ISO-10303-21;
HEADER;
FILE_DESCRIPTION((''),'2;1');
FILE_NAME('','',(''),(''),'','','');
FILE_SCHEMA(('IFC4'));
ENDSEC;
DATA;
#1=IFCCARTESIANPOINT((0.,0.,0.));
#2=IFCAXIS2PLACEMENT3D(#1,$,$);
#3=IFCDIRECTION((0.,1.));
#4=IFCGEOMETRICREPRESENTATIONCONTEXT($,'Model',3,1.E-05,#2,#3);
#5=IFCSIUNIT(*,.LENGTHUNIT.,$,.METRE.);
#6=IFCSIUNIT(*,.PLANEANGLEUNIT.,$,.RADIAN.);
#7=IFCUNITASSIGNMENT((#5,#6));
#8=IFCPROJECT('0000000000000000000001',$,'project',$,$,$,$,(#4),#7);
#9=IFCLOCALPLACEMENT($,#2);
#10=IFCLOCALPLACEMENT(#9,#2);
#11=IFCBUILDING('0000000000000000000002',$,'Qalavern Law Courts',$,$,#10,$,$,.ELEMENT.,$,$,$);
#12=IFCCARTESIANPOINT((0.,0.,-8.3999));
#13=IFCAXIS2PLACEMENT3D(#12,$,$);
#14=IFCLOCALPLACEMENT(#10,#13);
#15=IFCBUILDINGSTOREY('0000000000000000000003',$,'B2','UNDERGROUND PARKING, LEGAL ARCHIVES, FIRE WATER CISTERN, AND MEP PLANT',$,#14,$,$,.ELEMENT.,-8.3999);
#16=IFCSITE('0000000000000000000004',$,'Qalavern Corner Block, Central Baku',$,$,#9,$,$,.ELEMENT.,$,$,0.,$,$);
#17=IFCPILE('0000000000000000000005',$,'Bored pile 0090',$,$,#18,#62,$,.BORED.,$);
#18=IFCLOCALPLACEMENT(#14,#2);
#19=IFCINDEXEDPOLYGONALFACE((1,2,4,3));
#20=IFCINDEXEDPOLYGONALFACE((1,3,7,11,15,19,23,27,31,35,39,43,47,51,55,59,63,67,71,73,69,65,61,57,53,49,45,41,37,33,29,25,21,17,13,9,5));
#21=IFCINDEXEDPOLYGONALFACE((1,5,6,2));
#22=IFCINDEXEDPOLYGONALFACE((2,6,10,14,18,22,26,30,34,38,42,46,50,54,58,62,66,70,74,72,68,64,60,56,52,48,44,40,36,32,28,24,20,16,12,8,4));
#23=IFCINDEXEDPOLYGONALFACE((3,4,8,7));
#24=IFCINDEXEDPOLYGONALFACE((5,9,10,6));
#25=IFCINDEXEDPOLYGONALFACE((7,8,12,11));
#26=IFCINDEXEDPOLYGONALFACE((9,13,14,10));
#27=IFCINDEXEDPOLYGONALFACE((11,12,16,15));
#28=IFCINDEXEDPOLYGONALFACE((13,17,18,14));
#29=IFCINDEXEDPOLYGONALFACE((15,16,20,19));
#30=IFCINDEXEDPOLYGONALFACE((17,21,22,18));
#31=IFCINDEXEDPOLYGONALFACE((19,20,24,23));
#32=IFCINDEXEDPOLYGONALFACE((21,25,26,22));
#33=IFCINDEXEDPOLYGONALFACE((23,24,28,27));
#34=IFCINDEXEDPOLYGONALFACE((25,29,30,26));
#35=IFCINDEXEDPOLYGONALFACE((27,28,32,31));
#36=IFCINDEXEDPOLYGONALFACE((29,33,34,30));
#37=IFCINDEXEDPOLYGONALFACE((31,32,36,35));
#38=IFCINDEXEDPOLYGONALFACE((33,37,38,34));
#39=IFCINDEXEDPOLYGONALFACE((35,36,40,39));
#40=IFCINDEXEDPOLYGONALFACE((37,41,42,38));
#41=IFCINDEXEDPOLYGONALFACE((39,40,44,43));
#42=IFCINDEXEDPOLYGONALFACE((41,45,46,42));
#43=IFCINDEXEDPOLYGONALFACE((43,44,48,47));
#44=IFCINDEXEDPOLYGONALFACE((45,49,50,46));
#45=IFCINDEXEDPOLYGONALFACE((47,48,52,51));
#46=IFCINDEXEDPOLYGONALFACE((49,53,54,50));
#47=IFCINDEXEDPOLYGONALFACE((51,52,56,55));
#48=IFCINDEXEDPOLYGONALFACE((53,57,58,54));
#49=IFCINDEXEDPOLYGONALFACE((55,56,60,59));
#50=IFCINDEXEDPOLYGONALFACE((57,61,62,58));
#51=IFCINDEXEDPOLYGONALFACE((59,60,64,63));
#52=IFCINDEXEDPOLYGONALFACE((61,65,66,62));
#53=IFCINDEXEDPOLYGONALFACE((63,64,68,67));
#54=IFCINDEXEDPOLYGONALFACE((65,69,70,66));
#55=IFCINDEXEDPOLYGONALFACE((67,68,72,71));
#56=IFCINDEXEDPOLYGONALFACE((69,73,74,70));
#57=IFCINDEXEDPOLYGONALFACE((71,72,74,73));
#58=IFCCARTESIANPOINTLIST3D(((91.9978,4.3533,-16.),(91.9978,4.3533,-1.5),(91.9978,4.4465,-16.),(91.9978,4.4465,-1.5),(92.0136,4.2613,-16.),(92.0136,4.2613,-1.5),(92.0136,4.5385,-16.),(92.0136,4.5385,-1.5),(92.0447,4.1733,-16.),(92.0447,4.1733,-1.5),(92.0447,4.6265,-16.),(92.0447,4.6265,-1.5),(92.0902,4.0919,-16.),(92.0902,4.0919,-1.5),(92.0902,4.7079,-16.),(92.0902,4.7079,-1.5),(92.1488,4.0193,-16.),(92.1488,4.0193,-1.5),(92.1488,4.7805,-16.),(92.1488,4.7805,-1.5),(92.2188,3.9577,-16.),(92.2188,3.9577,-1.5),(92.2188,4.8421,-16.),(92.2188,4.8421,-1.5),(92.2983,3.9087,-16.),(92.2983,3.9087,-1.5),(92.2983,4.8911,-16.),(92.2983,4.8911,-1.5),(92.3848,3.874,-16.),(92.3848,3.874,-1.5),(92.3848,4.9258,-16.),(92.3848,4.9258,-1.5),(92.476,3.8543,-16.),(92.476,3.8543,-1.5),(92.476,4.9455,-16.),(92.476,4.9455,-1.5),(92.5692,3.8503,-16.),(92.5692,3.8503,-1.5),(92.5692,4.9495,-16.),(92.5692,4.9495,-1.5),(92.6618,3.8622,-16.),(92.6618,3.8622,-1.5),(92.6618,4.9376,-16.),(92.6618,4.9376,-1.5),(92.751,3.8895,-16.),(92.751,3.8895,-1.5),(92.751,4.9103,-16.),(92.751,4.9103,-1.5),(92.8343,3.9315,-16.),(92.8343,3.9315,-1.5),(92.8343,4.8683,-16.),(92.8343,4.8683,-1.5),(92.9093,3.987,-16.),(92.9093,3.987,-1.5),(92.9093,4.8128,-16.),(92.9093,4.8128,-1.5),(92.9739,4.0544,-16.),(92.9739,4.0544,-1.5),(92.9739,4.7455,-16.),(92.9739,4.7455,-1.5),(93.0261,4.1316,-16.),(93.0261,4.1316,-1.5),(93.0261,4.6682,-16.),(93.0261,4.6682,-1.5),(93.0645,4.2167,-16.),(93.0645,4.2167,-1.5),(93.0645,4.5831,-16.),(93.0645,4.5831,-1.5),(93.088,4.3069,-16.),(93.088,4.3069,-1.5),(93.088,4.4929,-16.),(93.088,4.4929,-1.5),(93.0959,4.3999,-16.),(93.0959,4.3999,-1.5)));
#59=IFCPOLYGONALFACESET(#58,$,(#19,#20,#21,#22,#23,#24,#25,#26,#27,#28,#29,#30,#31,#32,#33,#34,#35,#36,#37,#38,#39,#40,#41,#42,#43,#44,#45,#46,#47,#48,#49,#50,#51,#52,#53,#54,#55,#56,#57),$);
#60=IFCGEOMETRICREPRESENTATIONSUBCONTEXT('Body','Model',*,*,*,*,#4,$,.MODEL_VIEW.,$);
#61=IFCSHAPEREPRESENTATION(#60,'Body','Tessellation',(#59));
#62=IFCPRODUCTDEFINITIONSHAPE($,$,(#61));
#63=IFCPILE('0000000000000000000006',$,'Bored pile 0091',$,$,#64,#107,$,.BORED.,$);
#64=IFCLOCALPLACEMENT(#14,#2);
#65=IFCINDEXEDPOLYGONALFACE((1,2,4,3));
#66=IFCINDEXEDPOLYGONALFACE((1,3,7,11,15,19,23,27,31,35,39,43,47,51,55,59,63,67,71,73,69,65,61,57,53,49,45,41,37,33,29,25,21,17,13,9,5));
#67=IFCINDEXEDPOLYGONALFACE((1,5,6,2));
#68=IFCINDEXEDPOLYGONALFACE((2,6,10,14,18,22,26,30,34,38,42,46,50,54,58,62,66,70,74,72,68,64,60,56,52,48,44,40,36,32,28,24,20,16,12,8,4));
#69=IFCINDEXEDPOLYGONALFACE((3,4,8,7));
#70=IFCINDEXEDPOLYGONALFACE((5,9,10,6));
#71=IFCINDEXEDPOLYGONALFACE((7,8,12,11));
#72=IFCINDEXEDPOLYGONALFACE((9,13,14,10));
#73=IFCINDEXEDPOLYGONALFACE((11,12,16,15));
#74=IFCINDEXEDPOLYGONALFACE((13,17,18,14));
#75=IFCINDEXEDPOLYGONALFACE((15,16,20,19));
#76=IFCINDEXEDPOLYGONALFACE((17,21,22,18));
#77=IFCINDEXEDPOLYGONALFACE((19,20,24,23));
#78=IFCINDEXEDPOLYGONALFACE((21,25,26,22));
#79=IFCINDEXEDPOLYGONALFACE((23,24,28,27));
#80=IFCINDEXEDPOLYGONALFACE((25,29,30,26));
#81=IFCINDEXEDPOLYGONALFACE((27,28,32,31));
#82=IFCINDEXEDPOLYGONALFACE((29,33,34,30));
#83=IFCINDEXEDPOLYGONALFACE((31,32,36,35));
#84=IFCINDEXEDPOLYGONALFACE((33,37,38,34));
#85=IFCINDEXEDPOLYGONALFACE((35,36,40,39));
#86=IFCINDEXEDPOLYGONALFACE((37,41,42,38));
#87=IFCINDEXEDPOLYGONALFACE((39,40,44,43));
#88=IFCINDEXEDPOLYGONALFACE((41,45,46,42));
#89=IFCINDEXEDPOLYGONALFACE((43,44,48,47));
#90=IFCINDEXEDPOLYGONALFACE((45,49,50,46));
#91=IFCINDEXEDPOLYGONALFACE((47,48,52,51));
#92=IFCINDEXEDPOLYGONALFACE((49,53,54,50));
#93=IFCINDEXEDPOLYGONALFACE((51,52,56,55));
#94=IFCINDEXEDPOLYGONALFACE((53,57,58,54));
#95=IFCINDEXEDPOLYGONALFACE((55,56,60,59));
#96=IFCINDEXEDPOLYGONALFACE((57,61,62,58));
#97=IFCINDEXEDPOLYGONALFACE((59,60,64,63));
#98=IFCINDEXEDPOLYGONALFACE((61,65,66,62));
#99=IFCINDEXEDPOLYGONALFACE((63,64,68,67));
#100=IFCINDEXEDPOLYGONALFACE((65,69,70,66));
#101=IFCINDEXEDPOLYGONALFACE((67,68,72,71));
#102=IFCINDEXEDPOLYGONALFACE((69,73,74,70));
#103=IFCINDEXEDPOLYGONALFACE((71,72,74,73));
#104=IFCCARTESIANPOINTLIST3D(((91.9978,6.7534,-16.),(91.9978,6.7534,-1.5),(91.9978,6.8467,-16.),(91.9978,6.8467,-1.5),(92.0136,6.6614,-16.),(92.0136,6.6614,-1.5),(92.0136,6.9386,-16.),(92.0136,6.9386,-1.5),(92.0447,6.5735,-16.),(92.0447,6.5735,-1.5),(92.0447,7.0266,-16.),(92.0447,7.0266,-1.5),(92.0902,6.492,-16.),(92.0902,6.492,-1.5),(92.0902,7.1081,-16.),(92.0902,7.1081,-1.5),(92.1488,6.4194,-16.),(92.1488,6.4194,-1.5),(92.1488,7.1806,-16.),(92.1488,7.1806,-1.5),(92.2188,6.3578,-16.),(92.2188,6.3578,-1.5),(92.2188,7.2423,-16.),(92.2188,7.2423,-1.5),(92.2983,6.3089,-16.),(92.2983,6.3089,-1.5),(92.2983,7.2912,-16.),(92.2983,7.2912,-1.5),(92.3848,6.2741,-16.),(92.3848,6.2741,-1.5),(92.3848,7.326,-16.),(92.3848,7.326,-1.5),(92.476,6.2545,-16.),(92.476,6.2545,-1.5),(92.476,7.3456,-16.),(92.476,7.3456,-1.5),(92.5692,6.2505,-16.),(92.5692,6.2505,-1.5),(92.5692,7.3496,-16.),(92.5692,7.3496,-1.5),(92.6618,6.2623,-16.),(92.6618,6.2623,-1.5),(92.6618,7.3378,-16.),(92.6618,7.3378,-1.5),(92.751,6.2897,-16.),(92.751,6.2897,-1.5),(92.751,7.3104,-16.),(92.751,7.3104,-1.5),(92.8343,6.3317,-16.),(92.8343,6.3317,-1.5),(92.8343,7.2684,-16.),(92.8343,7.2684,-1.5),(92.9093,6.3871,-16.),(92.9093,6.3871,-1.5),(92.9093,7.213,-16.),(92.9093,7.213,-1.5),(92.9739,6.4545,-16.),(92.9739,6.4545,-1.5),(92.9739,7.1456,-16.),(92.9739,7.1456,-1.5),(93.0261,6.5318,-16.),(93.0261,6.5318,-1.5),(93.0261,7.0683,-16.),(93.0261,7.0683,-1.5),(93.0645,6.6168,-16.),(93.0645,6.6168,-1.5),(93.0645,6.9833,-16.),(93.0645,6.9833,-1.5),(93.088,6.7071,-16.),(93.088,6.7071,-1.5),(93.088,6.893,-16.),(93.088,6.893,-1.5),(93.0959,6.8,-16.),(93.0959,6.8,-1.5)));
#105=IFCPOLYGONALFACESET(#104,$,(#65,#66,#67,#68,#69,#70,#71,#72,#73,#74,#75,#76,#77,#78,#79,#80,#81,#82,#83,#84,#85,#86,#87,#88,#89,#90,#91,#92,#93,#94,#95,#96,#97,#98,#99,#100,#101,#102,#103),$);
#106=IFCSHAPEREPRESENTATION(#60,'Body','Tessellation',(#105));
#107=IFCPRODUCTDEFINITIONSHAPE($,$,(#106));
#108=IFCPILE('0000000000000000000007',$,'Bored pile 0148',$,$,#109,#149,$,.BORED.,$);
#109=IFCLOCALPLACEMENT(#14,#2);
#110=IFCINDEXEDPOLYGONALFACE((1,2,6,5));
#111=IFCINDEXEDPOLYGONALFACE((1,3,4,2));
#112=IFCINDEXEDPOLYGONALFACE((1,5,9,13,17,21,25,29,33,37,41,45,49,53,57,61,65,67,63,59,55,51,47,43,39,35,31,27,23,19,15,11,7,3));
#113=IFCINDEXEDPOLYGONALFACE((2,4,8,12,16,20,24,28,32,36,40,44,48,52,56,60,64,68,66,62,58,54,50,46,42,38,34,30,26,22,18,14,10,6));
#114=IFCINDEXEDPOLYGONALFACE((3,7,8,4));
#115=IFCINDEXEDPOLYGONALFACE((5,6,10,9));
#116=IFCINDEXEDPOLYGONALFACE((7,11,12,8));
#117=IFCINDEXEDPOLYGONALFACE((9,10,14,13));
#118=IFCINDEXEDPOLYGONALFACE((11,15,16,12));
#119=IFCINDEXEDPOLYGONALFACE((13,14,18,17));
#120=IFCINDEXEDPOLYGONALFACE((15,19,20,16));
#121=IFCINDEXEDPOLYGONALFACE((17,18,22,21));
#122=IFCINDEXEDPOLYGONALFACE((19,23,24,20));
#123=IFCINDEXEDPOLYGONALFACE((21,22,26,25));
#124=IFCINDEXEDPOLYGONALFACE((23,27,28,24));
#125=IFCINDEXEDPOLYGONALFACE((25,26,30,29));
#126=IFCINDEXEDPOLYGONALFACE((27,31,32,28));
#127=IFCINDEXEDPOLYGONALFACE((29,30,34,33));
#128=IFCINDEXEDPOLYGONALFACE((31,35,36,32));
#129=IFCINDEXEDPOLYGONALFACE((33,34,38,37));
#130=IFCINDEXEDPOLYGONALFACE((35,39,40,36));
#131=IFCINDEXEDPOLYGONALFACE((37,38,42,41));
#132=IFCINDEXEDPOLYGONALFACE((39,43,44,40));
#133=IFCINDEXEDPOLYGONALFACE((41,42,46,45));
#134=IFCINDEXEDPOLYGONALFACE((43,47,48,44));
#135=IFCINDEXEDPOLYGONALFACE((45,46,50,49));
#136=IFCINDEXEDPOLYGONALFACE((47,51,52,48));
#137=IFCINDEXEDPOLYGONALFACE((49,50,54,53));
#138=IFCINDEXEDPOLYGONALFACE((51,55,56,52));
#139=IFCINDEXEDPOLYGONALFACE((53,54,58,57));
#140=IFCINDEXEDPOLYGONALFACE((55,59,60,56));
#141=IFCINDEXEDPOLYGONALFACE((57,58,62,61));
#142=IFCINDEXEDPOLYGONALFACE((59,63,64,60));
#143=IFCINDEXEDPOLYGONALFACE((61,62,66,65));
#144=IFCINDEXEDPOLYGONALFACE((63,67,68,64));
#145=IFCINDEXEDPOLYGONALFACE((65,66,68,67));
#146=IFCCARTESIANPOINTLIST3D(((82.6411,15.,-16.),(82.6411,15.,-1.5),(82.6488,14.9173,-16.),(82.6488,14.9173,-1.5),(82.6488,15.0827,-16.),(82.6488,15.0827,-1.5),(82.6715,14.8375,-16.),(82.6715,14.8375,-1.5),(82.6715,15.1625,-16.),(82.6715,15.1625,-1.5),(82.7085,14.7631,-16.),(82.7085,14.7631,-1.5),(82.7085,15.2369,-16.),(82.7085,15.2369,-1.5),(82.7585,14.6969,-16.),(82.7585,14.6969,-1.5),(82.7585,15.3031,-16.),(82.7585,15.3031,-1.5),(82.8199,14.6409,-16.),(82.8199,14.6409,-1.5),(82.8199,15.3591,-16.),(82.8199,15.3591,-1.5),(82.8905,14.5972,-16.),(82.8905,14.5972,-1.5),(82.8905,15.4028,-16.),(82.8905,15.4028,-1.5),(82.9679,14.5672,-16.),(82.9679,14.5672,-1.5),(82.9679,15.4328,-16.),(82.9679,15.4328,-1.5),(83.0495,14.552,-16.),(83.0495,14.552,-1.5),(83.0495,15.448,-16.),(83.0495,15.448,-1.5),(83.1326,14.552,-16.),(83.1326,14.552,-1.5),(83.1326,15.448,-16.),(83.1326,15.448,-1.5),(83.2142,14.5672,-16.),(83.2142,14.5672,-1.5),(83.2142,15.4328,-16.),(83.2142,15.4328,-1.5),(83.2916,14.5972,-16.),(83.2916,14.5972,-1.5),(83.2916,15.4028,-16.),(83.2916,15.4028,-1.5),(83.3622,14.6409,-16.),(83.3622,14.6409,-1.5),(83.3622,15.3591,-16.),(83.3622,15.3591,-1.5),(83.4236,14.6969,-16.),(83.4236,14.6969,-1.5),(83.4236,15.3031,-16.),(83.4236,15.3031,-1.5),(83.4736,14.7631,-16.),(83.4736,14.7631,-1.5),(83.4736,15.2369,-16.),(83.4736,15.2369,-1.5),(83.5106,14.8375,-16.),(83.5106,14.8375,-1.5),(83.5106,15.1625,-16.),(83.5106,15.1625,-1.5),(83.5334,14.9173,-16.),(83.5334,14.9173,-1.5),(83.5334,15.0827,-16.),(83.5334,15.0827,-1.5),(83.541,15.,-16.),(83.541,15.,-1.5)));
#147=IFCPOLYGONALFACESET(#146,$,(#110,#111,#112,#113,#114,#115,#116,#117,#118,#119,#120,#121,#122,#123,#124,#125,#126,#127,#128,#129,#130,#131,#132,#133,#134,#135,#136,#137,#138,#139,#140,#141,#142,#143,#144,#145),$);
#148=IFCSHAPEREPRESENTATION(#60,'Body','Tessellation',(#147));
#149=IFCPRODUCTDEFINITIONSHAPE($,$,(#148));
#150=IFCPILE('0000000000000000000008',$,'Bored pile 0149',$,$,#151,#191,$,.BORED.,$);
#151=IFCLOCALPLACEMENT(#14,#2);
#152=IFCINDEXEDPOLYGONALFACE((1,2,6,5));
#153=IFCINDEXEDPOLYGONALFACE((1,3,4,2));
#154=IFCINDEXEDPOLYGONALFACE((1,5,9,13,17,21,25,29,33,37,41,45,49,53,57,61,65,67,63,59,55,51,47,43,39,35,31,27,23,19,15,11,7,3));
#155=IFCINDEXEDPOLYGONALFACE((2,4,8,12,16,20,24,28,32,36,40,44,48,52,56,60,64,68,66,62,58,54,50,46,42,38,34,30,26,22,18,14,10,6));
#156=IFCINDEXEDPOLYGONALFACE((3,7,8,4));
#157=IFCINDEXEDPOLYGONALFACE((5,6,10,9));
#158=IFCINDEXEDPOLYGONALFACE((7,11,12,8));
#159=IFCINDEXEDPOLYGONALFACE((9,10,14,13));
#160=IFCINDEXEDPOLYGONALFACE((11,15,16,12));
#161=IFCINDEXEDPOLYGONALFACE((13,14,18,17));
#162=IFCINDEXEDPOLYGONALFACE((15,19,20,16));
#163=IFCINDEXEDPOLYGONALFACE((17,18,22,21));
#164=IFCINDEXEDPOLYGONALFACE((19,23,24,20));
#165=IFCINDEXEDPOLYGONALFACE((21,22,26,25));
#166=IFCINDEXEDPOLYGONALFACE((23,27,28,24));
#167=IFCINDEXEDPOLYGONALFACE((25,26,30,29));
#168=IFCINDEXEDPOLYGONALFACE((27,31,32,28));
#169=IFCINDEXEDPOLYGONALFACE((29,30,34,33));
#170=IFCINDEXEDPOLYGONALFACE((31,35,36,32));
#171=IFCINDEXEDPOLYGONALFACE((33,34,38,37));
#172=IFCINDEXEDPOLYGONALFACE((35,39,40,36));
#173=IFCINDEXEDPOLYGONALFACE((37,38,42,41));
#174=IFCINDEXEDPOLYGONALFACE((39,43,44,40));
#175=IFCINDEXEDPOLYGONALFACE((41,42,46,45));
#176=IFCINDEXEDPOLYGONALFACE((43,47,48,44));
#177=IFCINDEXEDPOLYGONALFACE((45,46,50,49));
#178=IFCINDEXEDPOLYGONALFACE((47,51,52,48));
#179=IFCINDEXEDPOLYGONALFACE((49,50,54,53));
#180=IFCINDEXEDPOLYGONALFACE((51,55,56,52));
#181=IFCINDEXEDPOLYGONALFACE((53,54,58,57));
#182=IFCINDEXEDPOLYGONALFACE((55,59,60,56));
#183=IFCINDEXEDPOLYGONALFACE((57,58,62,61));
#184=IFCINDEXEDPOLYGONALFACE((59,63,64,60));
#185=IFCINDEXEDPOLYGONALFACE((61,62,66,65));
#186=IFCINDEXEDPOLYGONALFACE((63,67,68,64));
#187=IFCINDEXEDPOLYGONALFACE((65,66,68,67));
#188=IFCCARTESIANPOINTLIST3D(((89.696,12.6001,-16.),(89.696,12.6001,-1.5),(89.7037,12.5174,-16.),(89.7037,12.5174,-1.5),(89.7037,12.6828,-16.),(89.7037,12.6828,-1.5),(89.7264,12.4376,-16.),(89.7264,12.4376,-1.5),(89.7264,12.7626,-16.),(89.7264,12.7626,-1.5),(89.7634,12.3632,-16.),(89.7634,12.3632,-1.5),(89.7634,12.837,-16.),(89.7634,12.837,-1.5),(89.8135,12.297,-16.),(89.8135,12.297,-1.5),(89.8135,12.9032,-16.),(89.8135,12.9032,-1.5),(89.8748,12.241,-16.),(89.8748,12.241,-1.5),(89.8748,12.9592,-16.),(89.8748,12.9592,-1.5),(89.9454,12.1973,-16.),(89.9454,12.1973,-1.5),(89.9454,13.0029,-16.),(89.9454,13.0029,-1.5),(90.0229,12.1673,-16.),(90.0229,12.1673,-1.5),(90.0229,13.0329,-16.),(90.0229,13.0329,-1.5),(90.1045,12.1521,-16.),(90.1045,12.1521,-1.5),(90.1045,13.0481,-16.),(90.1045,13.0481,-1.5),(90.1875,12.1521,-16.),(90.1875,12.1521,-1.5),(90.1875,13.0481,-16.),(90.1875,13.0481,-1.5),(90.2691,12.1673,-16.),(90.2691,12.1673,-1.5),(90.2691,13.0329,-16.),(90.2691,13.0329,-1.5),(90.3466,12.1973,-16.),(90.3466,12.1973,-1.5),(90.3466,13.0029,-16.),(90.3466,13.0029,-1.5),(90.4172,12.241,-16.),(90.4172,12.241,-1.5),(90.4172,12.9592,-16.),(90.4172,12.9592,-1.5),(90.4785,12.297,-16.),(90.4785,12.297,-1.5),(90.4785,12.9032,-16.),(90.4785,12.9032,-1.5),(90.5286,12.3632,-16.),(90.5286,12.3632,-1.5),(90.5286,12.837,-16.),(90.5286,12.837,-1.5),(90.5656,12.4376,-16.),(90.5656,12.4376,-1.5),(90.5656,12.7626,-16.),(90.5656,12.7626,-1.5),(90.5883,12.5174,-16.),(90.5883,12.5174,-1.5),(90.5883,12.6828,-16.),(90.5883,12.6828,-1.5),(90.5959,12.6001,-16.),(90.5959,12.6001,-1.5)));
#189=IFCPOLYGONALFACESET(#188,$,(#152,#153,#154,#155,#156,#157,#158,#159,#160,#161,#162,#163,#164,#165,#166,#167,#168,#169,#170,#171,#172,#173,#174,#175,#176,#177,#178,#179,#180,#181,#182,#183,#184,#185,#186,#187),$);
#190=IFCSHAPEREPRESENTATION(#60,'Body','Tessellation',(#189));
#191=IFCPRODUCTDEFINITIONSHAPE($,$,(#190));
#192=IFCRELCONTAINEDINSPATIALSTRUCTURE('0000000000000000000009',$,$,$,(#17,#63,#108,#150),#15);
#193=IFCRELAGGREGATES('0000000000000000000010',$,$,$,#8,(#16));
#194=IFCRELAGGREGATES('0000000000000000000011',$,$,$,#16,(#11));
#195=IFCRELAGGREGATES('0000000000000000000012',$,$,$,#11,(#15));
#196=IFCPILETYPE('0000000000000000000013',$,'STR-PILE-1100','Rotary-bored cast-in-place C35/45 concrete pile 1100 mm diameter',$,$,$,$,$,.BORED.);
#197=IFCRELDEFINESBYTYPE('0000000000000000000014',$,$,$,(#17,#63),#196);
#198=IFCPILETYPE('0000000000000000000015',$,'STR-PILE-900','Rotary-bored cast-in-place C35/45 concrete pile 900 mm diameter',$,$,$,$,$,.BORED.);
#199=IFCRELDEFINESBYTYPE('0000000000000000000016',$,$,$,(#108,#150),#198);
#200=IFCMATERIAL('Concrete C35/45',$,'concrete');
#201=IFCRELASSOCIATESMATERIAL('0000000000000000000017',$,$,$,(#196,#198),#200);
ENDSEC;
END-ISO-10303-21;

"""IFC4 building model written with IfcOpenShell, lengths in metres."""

from ifc_helpers import new_model, si_unit, direction, frame, origin, origin_2d, place, context, subcontext, project, spatial, circle, extrude, material, material_profile, profile_set, type_object, element, save


model = new_model("IFC4")

# Units and contexts
model_context = context("Model", 3, precision=1e-05, world=origin(), true_north=direction((0.0, 1.0)))
body_context = subcontext(model_context, "Body", "Model", "MODEL_VIEW")
ifc_project = project(units=[si_unit("LENGTHUNIT", "METRE"), si_unit("PLANEANGLEUNIT", "RADIAN")], contexts=[model_context])

# Site, building, storey
site_placement = place(None, origin())
site = spatial("IfcSite", under=ifc_project, at=site_placement, Name="Qalavern Corner Block, Central Baku", CompositionType="ELEMENT", RefElevation=0.0)
building_placement = place(site_placement, origin())
building = spatial("IfcBuilding", under=site, at=building_placement, Name="Qalavern Law Courts", CompositionType="ELEMENT")
storey_placement = place(building_placement, frame((0.0, 0.0, -8.3999)))
storey = spatial("IfcBuildingStorey", under=building, at=storey_placement, Name="B2", Description="UNDERGROUND PARKING, LEGAL ARCHIVES, FIRE WATER CISTERN, AND MEP PLANT", CompositionType="ELEMENT", Elevation=-8.3999)

# Shared definitions
ifc_material_1 = material(Name="Concrete C35/45", Category="concrete")

# Piles
ifc_material_profile_1 = material_profile(ifc_material_1, circle(Radius=0.55, at=origin_2d()), Name="BORED PILE 1100")
ifc_profile_set_1 = profile_set([ifc_material_profile_1], Name="Concrete C35/45")
pile_type_1 = type_object("IfcPileType", Name="STR-PILE-1100", Description="Rotary-bored cast-in-place C35/45 concrete pile 1100 mm diameter", PredefinedType="BORED", material=ifc_profile_set_1)
for number, where, z_axis, x_axis, name in (
    (1, (92.5459, 4.3999, -1.5), (0.0, 0.0, -1.0), (1.0, 0.0, 0.0), "Bored pile 0090"),
    (2, (92.5459, 6.8, -1.5), (0.0, 0.0, -1.0), (1.0, 0.0, 0.0), "Bored pile 0091"),
):
    element("IfcPile", number, at=place(storey_placement, frame(where, z_axis=z_axis, x_axis=x_axis)), inside=storey, type_object=pile_type_1, Name=name, PredefinedType="BORED", context=body_context, shape_type="SweptSolid", body=[
        extrude(circle(Radius=0.55, at=origin_2d()), origin(), (0.0, 0.0, 1.0), 14.5),
    ])
ifc_material_profile_2 = material_profile(ifc_material_1, circle(Radius=0.45, at=origin_2d()), Name="BORED PILE 900")
ifc_profile_set_2 = profile_set([ifc_material_profile_2], Name="Concrete C35/45")
pile_type_2 = type_object("IfcPileType", Name="STR-PILE-900", Description="Rotary-bored cast-in-place C35/45 concrete pile 900 mm diameter", PredefinedType="BORED", material=ifc_profile_set_2)
for number, where, z_axis, x_axis, name in (
    (3, (83.0911, 15.0, -1.5), (0.0, 0.0, -1.0), (1.0, 0.0, 0.0), "Bored pile 0148"),
    (4, (90.146, 12.6001, -1.5), (0.0, 0.0, -1.0), (1.0, 0.0, 0.0), "Bored pile 0149"),
):
    element("IfcPile", number, at=place(storey_placement, frame(where, z_axis=z_axis, x_axis=x_axis)), inside=storey, type_object=pile_type_2, Name=name, PredefinedType="BORED", context=body_context, shape_type="SweptSolid", body=[
        extrude(circle(Radius=0.45, at=origin_2d()), origin(), (0.0, 0.0, 1.0), 14.5),
    ])

save(model, "model.ifc")
